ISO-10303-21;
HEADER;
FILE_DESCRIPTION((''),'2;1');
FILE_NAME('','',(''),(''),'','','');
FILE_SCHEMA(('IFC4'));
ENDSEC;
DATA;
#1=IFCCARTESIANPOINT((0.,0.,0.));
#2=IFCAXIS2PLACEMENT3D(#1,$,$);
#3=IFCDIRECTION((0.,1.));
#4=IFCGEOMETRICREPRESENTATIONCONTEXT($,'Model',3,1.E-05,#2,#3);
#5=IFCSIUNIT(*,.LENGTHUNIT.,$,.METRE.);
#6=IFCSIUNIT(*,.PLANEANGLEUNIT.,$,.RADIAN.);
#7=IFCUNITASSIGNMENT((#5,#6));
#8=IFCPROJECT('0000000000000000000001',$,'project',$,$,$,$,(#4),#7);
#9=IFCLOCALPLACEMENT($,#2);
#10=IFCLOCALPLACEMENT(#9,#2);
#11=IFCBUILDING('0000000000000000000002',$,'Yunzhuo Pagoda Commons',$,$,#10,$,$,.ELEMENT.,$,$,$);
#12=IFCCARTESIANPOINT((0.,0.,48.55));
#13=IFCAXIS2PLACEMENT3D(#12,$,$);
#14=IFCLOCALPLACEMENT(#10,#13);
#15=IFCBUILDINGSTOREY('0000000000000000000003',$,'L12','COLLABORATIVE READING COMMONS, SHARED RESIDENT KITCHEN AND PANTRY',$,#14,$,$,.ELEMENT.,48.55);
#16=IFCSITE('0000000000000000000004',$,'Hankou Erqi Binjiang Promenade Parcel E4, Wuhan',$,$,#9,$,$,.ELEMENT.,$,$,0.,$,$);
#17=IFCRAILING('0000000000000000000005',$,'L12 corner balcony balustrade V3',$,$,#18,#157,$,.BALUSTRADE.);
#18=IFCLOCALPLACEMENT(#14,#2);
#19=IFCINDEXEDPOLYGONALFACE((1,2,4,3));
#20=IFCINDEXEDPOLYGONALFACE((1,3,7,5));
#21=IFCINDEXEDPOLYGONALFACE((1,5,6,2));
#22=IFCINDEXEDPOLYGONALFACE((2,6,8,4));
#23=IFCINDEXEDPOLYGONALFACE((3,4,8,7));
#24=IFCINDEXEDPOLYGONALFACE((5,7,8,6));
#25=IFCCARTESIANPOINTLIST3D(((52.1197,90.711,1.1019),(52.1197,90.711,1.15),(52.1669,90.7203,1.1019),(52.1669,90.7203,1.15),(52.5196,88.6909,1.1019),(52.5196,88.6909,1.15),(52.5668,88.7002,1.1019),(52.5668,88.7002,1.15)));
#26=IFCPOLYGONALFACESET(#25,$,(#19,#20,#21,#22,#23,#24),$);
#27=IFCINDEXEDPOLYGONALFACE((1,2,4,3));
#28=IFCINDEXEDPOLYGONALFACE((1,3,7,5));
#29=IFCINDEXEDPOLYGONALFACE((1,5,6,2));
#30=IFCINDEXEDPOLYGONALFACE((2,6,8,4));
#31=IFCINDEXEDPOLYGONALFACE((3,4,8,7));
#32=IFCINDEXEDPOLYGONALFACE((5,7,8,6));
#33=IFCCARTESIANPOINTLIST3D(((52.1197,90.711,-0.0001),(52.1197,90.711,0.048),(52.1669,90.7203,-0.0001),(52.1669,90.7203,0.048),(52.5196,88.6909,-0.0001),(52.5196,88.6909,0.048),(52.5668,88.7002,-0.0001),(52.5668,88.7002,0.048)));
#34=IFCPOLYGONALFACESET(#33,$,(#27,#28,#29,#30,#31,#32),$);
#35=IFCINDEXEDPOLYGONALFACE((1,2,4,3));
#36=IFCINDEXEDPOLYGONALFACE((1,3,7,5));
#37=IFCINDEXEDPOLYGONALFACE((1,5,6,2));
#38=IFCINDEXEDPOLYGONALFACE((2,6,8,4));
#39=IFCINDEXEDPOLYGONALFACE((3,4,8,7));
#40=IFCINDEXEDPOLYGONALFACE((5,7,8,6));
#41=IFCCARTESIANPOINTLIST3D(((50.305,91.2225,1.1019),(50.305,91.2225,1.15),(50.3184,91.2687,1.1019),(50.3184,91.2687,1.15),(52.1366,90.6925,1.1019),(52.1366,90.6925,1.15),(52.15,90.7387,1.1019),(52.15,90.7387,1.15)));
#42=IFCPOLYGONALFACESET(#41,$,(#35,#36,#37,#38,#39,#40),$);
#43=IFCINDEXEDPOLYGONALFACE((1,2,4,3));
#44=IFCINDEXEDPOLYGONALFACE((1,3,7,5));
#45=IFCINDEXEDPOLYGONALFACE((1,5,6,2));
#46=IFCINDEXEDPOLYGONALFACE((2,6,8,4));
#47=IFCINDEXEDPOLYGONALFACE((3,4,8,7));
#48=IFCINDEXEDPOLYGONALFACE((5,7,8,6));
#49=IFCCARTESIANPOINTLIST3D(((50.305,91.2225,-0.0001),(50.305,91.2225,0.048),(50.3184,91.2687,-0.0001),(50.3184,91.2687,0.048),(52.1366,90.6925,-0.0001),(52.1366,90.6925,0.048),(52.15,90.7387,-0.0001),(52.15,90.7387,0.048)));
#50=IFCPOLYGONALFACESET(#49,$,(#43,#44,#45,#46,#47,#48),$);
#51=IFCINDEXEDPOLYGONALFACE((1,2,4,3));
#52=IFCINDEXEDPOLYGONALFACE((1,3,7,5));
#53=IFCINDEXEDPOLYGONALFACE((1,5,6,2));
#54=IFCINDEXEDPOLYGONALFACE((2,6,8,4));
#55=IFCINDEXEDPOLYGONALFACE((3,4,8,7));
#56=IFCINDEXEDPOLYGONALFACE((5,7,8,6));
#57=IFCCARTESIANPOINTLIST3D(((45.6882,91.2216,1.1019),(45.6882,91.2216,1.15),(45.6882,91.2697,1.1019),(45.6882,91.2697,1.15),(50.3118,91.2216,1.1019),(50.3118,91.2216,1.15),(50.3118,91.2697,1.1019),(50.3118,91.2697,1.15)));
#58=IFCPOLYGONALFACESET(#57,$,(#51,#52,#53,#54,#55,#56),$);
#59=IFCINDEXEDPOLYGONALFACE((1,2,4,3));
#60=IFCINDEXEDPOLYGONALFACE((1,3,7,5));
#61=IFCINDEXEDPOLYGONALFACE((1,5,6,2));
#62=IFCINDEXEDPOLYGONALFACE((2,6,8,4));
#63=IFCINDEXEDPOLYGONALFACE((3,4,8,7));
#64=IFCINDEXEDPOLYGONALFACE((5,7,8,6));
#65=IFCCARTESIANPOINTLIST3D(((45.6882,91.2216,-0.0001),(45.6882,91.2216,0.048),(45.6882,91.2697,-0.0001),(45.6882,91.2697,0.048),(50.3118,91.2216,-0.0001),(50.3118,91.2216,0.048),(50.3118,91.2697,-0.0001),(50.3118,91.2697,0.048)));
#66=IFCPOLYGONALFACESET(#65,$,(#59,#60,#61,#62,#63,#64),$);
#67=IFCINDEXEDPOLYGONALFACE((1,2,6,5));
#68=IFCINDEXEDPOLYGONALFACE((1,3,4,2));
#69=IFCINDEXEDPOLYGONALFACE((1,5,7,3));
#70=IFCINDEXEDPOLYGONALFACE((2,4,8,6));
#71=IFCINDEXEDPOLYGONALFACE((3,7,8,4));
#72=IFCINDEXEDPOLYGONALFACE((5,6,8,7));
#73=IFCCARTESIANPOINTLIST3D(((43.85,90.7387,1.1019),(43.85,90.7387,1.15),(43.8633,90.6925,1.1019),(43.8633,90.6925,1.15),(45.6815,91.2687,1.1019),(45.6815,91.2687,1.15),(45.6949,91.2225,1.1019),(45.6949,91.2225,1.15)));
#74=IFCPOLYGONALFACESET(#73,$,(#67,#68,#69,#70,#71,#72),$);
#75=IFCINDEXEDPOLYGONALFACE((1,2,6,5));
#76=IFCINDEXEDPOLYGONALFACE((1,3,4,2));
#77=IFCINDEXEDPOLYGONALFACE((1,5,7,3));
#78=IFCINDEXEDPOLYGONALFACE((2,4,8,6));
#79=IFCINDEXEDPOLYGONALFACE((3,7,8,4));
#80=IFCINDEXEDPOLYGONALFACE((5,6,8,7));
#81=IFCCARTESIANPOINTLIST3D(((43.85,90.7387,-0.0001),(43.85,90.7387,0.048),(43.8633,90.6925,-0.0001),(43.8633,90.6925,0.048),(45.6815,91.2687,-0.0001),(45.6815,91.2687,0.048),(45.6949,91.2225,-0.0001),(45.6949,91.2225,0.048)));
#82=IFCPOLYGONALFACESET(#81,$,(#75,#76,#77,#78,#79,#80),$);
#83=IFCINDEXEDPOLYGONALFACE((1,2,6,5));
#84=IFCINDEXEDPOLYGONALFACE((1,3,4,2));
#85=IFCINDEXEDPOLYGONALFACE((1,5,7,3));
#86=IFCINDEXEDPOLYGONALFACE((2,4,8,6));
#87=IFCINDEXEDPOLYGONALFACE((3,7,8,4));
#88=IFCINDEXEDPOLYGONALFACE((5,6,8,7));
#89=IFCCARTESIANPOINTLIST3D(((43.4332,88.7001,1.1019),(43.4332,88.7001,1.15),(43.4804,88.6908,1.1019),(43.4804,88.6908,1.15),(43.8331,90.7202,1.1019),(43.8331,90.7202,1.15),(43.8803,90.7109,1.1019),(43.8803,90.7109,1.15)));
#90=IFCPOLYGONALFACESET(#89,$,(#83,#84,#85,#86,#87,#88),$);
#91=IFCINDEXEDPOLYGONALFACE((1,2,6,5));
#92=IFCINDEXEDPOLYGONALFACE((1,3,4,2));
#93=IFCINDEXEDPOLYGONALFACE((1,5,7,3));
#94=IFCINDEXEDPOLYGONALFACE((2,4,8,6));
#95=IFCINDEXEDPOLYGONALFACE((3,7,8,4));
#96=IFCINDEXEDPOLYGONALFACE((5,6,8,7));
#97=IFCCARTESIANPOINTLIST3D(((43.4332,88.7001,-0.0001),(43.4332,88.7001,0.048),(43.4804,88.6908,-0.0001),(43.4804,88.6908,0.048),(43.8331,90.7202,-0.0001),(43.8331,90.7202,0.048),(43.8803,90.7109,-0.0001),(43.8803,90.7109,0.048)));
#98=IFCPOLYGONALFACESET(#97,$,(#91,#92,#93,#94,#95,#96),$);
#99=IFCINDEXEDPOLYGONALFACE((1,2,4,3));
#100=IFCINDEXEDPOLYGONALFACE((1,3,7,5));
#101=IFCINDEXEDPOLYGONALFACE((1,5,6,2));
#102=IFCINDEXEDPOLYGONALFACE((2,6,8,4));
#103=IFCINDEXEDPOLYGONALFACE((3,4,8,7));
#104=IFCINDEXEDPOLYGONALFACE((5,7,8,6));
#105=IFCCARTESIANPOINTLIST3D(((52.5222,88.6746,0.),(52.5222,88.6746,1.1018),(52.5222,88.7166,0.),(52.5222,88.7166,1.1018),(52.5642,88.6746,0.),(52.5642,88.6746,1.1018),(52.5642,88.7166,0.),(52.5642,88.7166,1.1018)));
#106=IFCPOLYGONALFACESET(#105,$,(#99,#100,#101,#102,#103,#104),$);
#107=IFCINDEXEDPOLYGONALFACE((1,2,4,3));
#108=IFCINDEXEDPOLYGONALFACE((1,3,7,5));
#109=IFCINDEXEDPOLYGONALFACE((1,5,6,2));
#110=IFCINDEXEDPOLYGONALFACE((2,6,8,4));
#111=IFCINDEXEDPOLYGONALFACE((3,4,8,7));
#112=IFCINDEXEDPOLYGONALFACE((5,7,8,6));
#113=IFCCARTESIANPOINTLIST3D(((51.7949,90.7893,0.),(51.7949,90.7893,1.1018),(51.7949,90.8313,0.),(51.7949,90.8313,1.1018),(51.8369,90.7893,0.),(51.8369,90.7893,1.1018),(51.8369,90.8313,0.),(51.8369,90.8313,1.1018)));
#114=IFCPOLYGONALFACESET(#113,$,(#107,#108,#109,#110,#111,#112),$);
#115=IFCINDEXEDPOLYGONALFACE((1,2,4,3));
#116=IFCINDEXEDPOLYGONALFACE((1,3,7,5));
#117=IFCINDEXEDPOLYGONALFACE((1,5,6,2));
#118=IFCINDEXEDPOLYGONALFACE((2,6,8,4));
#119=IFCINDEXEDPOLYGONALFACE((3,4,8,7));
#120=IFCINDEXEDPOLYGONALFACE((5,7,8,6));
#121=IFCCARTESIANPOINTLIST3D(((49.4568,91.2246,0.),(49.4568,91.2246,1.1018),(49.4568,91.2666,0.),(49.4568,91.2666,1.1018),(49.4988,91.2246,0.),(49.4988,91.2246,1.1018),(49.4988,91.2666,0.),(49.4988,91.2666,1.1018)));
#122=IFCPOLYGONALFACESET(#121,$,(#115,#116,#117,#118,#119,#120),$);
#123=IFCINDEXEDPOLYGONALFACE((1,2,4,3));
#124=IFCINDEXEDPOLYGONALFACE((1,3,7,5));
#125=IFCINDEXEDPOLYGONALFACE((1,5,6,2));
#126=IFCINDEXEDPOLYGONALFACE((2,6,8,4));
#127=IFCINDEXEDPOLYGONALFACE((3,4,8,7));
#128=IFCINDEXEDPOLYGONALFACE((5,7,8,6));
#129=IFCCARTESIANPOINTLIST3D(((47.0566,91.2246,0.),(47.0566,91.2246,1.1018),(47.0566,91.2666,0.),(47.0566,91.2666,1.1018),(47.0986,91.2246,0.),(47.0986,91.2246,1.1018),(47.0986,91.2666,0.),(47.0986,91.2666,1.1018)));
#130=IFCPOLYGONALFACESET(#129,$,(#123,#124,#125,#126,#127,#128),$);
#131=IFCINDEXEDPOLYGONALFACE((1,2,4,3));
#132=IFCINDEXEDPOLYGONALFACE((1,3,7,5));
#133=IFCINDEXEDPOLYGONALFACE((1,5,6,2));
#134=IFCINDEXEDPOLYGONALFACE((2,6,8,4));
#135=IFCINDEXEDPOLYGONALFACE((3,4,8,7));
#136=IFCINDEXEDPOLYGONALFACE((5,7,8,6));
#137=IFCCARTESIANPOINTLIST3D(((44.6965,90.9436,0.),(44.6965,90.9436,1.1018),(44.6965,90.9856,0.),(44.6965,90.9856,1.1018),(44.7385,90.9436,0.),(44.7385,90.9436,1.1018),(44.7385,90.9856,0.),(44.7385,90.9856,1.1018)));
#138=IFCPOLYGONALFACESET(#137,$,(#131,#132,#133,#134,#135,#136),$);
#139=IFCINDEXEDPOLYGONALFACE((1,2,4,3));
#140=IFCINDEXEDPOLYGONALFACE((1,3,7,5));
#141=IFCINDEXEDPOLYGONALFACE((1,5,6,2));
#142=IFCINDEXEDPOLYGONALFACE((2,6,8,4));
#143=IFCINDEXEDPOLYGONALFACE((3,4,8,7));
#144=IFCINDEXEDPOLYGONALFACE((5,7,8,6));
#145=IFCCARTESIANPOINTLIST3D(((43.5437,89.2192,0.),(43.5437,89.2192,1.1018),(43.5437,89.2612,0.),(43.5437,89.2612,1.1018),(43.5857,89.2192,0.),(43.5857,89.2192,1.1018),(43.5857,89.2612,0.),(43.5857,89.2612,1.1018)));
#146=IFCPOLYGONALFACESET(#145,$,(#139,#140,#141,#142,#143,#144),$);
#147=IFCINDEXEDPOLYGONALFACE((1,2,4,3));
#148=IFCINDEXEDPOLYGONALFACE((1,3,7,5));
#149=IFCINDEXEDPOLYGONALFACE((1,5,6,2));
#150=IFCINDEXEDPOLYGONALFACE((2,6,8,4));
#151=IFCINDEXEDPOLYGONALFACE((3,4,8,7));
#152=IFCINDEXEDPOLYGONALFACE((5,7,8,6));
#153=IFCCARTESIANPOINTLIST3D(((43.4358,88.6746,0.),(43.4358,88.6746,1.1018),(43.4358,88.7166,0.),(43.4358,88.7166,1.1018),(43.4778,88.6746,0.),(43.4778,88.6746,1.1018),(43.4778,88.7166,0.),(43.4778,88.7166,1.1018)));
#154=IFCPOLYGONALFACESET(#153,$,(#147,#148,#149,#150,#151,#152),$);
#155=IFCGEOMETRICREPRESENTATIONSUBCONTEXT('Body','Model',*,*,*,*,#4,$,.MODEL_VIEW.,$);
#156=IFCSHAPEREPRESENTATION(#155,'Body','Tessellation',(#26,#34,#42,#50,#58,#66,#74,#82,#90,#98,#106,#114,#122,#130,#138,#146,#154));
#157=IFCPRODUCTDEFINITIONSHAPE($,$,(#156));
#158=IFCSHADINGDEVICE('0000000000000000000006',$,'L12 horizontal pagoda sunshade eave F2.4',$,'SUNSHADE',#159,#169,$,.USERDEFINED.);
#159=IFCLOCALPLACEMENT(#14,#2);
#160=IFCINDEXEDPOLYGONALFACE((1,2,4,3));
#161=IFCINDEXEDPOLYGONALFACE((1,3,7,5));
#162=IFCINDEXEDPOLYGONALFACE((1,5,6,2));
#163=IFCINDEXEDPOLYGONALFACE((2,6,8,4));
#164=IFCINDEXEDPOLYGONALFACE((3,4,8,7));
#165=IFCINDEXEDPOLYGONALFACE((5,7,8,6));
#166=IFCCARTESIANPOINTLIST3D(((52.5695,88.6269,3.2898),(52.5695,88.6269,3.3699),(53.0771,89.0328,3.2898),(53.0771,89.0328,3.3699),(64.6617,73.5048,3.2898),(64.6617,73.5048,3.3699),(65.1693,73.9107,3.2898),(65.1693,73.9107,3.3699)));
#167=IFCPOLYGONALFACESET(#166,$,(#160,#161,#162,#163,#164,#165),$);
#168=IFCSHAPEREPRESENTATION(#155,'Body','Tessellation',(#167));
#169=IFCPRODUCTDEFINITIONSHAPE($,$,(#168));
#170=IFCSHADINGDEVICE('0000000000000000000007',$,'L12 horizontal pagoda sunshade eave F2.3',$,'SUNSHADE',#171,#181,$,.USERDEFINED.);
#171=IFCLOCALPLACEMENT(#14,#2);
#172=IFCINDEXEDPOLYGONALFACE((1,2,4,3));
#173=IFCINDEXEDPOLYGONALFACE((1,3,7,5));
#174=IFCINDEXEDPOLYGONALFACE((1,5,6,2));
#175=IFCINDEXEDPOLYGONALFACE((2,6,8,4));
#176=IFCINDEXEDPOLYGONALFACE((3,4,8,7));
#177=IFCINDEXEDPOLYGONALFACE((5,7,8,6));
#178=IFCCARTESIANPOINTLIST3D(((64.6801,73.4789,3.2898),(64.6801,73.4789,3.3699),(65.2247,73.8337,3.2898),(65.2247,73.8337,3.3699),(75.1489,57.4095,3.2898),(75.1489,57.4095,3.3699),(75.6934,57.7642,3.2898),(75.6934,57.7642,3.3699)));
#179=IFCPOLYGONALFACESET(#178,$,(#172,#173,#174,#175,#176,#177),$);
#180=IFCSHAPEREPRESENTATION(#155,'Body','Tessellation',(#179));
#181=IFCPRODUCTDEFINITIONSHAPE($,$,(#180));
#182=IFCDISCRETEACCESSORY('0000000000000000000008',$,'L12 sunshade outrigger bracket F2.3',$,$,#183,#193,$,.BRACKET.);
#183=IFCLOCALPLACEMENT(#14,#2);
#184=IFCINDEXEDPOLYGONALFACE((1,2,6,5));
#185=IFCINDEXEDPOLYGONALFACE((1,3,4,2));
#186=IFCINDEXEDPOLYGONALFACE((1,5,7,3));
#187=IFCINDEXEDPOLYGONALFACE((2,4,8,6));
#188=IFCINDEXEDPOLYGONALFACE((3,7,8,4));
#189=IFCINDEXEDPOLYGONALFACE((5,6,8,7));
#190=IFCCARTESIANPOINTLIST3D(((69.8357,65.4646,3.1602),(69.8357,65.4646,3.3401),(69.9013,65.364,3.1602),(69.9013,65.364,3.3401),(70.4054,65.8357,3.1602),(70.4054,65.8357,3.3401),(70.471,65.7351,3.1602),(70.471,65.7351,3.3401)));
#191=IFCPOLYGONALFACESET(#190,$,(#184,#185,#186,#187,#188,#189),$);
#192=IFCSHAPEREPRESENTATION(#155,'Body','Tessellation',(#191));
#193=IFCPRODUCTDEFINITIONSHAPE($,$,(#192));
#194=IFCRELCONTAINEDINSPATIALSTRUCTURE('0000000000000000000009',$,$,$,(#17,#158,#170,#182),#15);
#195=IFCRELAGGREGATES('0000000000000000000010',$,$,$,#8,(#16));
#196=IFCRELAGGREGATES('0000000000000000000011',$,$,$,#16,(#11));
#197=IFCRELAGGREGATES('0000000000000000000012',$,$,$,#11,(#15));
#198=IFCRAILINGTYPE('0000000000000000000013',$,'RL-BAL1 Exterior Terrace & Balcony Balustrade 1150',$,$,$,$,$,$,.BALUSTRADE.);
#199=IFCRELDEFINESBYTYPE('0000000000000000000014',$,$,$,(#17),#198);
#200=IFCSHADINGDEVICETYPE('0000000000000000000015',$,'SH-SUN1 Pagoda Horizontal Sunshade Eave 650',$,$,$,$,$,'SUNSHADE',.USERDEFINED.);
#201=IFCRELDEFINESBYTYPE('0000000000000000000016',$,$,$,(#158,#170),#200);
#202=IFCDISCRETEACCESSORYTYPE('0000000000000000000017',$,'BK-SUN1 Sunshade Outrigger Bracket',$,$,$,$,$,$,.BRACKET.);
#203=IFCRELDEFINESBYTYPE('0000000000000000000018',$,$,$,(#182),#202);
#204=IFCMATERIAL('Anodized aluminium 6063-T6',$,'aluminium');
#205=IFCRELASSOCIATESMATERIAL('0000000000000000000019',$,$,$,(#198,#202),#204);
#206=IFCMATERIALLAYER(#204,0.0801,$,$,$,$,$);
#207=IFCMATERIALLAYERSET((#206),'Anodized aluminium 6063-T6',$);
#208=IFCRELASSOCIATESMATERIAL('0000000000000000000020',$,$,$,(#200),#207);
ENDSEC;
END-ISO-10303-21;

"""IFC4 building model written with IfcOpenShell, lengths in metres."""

from ifc_helpers import new_model, si_unit, direction, frame, origin, origin_2d, place, context, subcontext, project, spatial, rectangle, extrude, source, transform, mapped, material, layer, layer_set, type_object, element, save


model = new_model("IFC4")

# Units and contexts
model_context = context("Model", 3, precision=1e-05, world=origin(), true_north=direction((0.0, 1.0)))
body_context = subcontext(model_context, "Body", "Model", "MODEL_VIEW")
ifc_project = project(units=[si_unit("LENGTHUNIT", "METRE"), si_unit("PLANEANGLEUNIT", "RADIAN")], contexts=[model_context])

# Site, building, storey
site_placement = place(None, origin())
site = spatial("IfcSite", under=ifc_project, at=site_placement, Name="Hankou Erqi Binjiang Promenade Parcel E4, Wuhan", CompositionType="ELEMENT", RefElevation=0.0)
building_placement = place(site_placement, origin())
building = spatial("IfcBuilding", under=site, at=building_placement, Name="Yunzhuo Pagoda Commons", CompositionType="ELEMENT")
storey_placement = place(building_placement, frame((0.0, 0.0, 48.55)))
storey = spatial("IfcBuildingStorey", under=building, at=storey_placement, Name="L12", Description="COLLABORATIVE READING COMMONS, SHARED RESIDENT KITCHEN AND PANTRY", CompositionType="ELEMENT", Elevation=48.55)

# Shared definitions
ifc_material_1 = material(Name="Anodized aluminium 6063-T6", Category="aluminium")

# Railing
railing_type_1 = type_object("IfcRailingType", Name="RL-BAL1 Exterior Terrace & Balcony Balustrade 1150", PredefinedType="BALUSTRADE", material=ifc_material_1)
railing_1_placement = place(storey_placement, frame((52.5432, 88.6956, 0.0)))
element("IfcRailing", 1, at=railing_1_placement, inside=storey, type_object=railing_type_1, Name="L12 corner balcony balustrade V3", PredefinedType="BALUSTRADE", context=body_context, shape_type="SweptSolid", body=[
    extrude(rectangle(XDim=0.0481, YDim=0.0481, at=origin_2d()), frame((0.0, 0.0, 1.126), z_axis=(-0.194201, 0.980962, 0.0), x_axis=(-0.980962, -0.194201, 0.0)), (0.0, 0.0, 1.0), 2.0593),
    extrude(rectangle(XDim=0.0481, YDim=0.0481, at=origin_2d()), frame((0.0, 0.0, 0.0239), z_axis=(-0.194201, 0.980962, 0.0), x_axis=(-0.980962, -0.194201, 0.0)), (0.0, 0.0, 1.0), 2.0593),
    extrude(rectangle(XDim=0.0481, YDim=0.0481, at=origin_2d()), frame((-0.3999, 2.02, 1.126), z_axis=(-0.960586, 0.277983, 0.0), x_axis=(-0.277983, -0.960586, 0.0)), (0.0, 0.0, 1.0), 1.9067),
    extrude(rectangle(XDim=0.0481, YDim=0.0481, at=origin_2d()), frame((-0.3999, 2.02, 0.0239), z_axis=(-0.960586, 0.277983, 0.0), x_axis=(-0.277983, -0.960586, 0.0)), (0.0, 0.0, 1.0), 1.9067),
    extrude(rectangle(XDim=0.0481, YDim=0.0481, at=origin_2d()), frame((-2.2314, 2.55, 1.126), z_axis=(-1.0, 0.0, 0.0), x_axis=(0.0, -1.0, 0.0)), (0.0, 0.0, 1.0), 4.6235),
    extrude(rectangle(XDim=0.0481, YDim=0.0481, at=origin_2d()), frame((-2.2314, 2.55, 0.0239), z_axis=(-1.0, 0.0, 0.0), x_axis=(0.0, -1.0, 0.0)), (0.0, 0.0, 1.0), 4.6235),
    extrude(rectangle(XDim=0.0481, YDim=0.0481, at=origin_2d()), frame((-6.855, 2.55, 1.126), z_axis=(-0.960586, -0.277983, 0.0), x_axis=(0.277983, -0.960586, 0.0)), (0.0, 0.0, 1.0), 1.9067),
    extrude(rectangle(XDim=0.0481, YDim=0.0481, at=origin_2d()), frame((-6.855, 2.55, 0.0239), z_axis=(-0.960586, -0.277983, 0.0), x_axis=(0.277983, -0.960586, 0.0)), (0.0, 0.0, 1.0), 1.9067),
    extrude(rectangle(XDim=0.0481, YDim=0.0481, at=origin_2d()), frame((-8.6865, 2.02, 1.126), z_axis=(-0.194201, -0.980962, 0.0), x_axis=(0.980962, -0.194201, 0.0)), (0.0, 0.0, 1.0), 2.0593),
    extrude(rectangle(XDim=0.0481, YDim=0.0481, at=origin_2d()), frame((-8.6865, 2.02, 0.0239), z_axis=(-0.194201, -0.980962, 0.0), x_axis=(0.980962, -0.194201, 0.0)), (0.0, 0.0, 1.0), 2.0593),
    extrude(rectangle(XDim=0.042, YDim=0.042, at=origin_2d()), origin(), (0.0, 0.0, 1.0), 1.1018),
    extrude(rectangle(XDim=0.042, YDim=0.042, at=origin_2d()), frame((-0.7273, 2.1147, 0.0)), (0.0, 0.0, 1.0), 1.1018),
    extrude(rectangle(XDim=0.042, YDim=0.042, at=origin_2d()), frame((-3.0654, 2.55, 0.0)), (0.0, 0.0, 1.0), 1.1018),
    extrude(rectangle(XDim=0.042, YDim=0.042, at=origin_2d()), frame((-5.4656, 2.55, 0.0)), (0.0, 0.0, 1.0), 1.1018),
    extrude(rectangle(XDim=0.042, YDim=0.042, at=origin_2d()), frame((-7.8257, 2.269, 0.0)), (0.0, 0.0, 1.0), 1.1018),
    extrude(rectangle(XDim=0.042, YDim=0.042, at=origin_2d()), frame((-8.9785, 0.5447, 0.0)), (0.0, 0.0, 1.0), 1.1018),
    extrude(rectangle(XDim=0.042, YDim=0.042, at=origin_2d()), frame((-9.0864, 0.0, 0.0)), (0.0, 0.0, 1.0), 1.1018),
])

# Shading devices
ifc_layer_1 = layer(ifc_material_1, 0.0801)
ifc_layer_set_1 = layer_set([ifc_layer_1], Name="Anodized aluminium 6063-T6")
shading_device_type = type_object("IfcShadingDeviceType", Name="SH-SUN1 Pagoda Horizontal Sunshade Eave 650", ElementType="SUNSHADE", PredefinedType="USERDEFINED", material=ifc_layer_set_1)
shared_shape_1 = source(origin(), body_context, "Body", "SweptSolid", [
    extrude(rectangle(XDim=19.3623, YDim=0.6499, at=origin_2d()), origin(), (0.0, 0.0, 1.0), 0.0801),
])
shading_device_1_placement = place(storey_placement, frame((58.8694, 81.2688, 3.2898), z_axis=(0.0, 0.0, 1.0), x_axis=(-0.62452, 0.781008, 0.0)))
element("IfcShadingDevice", 2, at=shading_device_1_placement, inside=storey, type_object=shading_device_type, Name="L12 horizontal pagoda sunshade eave F2.4", ObjectType="SUNSHADE", PredefinedType="USERDEFINED", context=body_context, shape_type="MappedRepresentation", body=[
    mapped(shared_shape_1, transform((0.0, 0.0, 0.0), scale=1.0)),
])
shared_shape_2 = source(origin(), body_context, "Body", "SweptSolid", [
    extrude(rectangle(XDim=19.1787, YDim=0.6499, at=origin_2d()), origin(), (0.0, 0.0, 1.0), 0.0801),
])
shading_device_2_placement = place(storey_placement, frame((70.1868, 65.6216, 3.2898), z_axis=(0.0, 0.0, 1.0), x_axis=(-0.545853, 0.837881, 0.0)))
element("IfcShadingDevice", 3, at=shading_device_2_placement, inside=storey, type_object=shading_device_type, Name="L12 horizontal pagoda sunshade eave F2.3", ObjectType="SUNSHADE", PredefinedType="USERDEFINED", context=body_context, shape_type="MappedRepresentation", body=[
    mapped(shared_shape_2, transform((0.0, 0.0, 0.0), scale=1.0)),
])

# Discrete accessory
discrete_accessory_type = type_object("IfcDiscreteAccessoryType", Name="BK-SUN1 Sunshade Outrigger Bracket", PredefinedType="BRACKET", material=ifc_material_1)
shared_shape_3 = source(origin(), body_context, "Body", "SweptSolid", [
    extrude(rectangle(XDim=0.1201, YDim=0.6799, at=origin_2d()), origin(), (0.0, 0.0, 1.0), 0.1799),
])
discrete_accessory_placement = place(storey_placement, frame((70.1533, 65.5999, 3.1602), z_axis=(0.0, 0.0, 1.0), x_axis=(-0.545853, 0.837881, 0.0)))
element("IfcDiscreteAccessory", 4, at=discrete_accessory_placement, inside=storey, type_object=discrete_accessory_type, Name="L12 sunshade outrigger bracket F2.3", PredefinedType="BRACKET", context=body_context, shape_type="MappedRepresentation", body=[
    mapped(shared_shape_3, transform((0.0, 0.0, 0.0), scale=1.0)),
])

save(model, "model.ifc")
